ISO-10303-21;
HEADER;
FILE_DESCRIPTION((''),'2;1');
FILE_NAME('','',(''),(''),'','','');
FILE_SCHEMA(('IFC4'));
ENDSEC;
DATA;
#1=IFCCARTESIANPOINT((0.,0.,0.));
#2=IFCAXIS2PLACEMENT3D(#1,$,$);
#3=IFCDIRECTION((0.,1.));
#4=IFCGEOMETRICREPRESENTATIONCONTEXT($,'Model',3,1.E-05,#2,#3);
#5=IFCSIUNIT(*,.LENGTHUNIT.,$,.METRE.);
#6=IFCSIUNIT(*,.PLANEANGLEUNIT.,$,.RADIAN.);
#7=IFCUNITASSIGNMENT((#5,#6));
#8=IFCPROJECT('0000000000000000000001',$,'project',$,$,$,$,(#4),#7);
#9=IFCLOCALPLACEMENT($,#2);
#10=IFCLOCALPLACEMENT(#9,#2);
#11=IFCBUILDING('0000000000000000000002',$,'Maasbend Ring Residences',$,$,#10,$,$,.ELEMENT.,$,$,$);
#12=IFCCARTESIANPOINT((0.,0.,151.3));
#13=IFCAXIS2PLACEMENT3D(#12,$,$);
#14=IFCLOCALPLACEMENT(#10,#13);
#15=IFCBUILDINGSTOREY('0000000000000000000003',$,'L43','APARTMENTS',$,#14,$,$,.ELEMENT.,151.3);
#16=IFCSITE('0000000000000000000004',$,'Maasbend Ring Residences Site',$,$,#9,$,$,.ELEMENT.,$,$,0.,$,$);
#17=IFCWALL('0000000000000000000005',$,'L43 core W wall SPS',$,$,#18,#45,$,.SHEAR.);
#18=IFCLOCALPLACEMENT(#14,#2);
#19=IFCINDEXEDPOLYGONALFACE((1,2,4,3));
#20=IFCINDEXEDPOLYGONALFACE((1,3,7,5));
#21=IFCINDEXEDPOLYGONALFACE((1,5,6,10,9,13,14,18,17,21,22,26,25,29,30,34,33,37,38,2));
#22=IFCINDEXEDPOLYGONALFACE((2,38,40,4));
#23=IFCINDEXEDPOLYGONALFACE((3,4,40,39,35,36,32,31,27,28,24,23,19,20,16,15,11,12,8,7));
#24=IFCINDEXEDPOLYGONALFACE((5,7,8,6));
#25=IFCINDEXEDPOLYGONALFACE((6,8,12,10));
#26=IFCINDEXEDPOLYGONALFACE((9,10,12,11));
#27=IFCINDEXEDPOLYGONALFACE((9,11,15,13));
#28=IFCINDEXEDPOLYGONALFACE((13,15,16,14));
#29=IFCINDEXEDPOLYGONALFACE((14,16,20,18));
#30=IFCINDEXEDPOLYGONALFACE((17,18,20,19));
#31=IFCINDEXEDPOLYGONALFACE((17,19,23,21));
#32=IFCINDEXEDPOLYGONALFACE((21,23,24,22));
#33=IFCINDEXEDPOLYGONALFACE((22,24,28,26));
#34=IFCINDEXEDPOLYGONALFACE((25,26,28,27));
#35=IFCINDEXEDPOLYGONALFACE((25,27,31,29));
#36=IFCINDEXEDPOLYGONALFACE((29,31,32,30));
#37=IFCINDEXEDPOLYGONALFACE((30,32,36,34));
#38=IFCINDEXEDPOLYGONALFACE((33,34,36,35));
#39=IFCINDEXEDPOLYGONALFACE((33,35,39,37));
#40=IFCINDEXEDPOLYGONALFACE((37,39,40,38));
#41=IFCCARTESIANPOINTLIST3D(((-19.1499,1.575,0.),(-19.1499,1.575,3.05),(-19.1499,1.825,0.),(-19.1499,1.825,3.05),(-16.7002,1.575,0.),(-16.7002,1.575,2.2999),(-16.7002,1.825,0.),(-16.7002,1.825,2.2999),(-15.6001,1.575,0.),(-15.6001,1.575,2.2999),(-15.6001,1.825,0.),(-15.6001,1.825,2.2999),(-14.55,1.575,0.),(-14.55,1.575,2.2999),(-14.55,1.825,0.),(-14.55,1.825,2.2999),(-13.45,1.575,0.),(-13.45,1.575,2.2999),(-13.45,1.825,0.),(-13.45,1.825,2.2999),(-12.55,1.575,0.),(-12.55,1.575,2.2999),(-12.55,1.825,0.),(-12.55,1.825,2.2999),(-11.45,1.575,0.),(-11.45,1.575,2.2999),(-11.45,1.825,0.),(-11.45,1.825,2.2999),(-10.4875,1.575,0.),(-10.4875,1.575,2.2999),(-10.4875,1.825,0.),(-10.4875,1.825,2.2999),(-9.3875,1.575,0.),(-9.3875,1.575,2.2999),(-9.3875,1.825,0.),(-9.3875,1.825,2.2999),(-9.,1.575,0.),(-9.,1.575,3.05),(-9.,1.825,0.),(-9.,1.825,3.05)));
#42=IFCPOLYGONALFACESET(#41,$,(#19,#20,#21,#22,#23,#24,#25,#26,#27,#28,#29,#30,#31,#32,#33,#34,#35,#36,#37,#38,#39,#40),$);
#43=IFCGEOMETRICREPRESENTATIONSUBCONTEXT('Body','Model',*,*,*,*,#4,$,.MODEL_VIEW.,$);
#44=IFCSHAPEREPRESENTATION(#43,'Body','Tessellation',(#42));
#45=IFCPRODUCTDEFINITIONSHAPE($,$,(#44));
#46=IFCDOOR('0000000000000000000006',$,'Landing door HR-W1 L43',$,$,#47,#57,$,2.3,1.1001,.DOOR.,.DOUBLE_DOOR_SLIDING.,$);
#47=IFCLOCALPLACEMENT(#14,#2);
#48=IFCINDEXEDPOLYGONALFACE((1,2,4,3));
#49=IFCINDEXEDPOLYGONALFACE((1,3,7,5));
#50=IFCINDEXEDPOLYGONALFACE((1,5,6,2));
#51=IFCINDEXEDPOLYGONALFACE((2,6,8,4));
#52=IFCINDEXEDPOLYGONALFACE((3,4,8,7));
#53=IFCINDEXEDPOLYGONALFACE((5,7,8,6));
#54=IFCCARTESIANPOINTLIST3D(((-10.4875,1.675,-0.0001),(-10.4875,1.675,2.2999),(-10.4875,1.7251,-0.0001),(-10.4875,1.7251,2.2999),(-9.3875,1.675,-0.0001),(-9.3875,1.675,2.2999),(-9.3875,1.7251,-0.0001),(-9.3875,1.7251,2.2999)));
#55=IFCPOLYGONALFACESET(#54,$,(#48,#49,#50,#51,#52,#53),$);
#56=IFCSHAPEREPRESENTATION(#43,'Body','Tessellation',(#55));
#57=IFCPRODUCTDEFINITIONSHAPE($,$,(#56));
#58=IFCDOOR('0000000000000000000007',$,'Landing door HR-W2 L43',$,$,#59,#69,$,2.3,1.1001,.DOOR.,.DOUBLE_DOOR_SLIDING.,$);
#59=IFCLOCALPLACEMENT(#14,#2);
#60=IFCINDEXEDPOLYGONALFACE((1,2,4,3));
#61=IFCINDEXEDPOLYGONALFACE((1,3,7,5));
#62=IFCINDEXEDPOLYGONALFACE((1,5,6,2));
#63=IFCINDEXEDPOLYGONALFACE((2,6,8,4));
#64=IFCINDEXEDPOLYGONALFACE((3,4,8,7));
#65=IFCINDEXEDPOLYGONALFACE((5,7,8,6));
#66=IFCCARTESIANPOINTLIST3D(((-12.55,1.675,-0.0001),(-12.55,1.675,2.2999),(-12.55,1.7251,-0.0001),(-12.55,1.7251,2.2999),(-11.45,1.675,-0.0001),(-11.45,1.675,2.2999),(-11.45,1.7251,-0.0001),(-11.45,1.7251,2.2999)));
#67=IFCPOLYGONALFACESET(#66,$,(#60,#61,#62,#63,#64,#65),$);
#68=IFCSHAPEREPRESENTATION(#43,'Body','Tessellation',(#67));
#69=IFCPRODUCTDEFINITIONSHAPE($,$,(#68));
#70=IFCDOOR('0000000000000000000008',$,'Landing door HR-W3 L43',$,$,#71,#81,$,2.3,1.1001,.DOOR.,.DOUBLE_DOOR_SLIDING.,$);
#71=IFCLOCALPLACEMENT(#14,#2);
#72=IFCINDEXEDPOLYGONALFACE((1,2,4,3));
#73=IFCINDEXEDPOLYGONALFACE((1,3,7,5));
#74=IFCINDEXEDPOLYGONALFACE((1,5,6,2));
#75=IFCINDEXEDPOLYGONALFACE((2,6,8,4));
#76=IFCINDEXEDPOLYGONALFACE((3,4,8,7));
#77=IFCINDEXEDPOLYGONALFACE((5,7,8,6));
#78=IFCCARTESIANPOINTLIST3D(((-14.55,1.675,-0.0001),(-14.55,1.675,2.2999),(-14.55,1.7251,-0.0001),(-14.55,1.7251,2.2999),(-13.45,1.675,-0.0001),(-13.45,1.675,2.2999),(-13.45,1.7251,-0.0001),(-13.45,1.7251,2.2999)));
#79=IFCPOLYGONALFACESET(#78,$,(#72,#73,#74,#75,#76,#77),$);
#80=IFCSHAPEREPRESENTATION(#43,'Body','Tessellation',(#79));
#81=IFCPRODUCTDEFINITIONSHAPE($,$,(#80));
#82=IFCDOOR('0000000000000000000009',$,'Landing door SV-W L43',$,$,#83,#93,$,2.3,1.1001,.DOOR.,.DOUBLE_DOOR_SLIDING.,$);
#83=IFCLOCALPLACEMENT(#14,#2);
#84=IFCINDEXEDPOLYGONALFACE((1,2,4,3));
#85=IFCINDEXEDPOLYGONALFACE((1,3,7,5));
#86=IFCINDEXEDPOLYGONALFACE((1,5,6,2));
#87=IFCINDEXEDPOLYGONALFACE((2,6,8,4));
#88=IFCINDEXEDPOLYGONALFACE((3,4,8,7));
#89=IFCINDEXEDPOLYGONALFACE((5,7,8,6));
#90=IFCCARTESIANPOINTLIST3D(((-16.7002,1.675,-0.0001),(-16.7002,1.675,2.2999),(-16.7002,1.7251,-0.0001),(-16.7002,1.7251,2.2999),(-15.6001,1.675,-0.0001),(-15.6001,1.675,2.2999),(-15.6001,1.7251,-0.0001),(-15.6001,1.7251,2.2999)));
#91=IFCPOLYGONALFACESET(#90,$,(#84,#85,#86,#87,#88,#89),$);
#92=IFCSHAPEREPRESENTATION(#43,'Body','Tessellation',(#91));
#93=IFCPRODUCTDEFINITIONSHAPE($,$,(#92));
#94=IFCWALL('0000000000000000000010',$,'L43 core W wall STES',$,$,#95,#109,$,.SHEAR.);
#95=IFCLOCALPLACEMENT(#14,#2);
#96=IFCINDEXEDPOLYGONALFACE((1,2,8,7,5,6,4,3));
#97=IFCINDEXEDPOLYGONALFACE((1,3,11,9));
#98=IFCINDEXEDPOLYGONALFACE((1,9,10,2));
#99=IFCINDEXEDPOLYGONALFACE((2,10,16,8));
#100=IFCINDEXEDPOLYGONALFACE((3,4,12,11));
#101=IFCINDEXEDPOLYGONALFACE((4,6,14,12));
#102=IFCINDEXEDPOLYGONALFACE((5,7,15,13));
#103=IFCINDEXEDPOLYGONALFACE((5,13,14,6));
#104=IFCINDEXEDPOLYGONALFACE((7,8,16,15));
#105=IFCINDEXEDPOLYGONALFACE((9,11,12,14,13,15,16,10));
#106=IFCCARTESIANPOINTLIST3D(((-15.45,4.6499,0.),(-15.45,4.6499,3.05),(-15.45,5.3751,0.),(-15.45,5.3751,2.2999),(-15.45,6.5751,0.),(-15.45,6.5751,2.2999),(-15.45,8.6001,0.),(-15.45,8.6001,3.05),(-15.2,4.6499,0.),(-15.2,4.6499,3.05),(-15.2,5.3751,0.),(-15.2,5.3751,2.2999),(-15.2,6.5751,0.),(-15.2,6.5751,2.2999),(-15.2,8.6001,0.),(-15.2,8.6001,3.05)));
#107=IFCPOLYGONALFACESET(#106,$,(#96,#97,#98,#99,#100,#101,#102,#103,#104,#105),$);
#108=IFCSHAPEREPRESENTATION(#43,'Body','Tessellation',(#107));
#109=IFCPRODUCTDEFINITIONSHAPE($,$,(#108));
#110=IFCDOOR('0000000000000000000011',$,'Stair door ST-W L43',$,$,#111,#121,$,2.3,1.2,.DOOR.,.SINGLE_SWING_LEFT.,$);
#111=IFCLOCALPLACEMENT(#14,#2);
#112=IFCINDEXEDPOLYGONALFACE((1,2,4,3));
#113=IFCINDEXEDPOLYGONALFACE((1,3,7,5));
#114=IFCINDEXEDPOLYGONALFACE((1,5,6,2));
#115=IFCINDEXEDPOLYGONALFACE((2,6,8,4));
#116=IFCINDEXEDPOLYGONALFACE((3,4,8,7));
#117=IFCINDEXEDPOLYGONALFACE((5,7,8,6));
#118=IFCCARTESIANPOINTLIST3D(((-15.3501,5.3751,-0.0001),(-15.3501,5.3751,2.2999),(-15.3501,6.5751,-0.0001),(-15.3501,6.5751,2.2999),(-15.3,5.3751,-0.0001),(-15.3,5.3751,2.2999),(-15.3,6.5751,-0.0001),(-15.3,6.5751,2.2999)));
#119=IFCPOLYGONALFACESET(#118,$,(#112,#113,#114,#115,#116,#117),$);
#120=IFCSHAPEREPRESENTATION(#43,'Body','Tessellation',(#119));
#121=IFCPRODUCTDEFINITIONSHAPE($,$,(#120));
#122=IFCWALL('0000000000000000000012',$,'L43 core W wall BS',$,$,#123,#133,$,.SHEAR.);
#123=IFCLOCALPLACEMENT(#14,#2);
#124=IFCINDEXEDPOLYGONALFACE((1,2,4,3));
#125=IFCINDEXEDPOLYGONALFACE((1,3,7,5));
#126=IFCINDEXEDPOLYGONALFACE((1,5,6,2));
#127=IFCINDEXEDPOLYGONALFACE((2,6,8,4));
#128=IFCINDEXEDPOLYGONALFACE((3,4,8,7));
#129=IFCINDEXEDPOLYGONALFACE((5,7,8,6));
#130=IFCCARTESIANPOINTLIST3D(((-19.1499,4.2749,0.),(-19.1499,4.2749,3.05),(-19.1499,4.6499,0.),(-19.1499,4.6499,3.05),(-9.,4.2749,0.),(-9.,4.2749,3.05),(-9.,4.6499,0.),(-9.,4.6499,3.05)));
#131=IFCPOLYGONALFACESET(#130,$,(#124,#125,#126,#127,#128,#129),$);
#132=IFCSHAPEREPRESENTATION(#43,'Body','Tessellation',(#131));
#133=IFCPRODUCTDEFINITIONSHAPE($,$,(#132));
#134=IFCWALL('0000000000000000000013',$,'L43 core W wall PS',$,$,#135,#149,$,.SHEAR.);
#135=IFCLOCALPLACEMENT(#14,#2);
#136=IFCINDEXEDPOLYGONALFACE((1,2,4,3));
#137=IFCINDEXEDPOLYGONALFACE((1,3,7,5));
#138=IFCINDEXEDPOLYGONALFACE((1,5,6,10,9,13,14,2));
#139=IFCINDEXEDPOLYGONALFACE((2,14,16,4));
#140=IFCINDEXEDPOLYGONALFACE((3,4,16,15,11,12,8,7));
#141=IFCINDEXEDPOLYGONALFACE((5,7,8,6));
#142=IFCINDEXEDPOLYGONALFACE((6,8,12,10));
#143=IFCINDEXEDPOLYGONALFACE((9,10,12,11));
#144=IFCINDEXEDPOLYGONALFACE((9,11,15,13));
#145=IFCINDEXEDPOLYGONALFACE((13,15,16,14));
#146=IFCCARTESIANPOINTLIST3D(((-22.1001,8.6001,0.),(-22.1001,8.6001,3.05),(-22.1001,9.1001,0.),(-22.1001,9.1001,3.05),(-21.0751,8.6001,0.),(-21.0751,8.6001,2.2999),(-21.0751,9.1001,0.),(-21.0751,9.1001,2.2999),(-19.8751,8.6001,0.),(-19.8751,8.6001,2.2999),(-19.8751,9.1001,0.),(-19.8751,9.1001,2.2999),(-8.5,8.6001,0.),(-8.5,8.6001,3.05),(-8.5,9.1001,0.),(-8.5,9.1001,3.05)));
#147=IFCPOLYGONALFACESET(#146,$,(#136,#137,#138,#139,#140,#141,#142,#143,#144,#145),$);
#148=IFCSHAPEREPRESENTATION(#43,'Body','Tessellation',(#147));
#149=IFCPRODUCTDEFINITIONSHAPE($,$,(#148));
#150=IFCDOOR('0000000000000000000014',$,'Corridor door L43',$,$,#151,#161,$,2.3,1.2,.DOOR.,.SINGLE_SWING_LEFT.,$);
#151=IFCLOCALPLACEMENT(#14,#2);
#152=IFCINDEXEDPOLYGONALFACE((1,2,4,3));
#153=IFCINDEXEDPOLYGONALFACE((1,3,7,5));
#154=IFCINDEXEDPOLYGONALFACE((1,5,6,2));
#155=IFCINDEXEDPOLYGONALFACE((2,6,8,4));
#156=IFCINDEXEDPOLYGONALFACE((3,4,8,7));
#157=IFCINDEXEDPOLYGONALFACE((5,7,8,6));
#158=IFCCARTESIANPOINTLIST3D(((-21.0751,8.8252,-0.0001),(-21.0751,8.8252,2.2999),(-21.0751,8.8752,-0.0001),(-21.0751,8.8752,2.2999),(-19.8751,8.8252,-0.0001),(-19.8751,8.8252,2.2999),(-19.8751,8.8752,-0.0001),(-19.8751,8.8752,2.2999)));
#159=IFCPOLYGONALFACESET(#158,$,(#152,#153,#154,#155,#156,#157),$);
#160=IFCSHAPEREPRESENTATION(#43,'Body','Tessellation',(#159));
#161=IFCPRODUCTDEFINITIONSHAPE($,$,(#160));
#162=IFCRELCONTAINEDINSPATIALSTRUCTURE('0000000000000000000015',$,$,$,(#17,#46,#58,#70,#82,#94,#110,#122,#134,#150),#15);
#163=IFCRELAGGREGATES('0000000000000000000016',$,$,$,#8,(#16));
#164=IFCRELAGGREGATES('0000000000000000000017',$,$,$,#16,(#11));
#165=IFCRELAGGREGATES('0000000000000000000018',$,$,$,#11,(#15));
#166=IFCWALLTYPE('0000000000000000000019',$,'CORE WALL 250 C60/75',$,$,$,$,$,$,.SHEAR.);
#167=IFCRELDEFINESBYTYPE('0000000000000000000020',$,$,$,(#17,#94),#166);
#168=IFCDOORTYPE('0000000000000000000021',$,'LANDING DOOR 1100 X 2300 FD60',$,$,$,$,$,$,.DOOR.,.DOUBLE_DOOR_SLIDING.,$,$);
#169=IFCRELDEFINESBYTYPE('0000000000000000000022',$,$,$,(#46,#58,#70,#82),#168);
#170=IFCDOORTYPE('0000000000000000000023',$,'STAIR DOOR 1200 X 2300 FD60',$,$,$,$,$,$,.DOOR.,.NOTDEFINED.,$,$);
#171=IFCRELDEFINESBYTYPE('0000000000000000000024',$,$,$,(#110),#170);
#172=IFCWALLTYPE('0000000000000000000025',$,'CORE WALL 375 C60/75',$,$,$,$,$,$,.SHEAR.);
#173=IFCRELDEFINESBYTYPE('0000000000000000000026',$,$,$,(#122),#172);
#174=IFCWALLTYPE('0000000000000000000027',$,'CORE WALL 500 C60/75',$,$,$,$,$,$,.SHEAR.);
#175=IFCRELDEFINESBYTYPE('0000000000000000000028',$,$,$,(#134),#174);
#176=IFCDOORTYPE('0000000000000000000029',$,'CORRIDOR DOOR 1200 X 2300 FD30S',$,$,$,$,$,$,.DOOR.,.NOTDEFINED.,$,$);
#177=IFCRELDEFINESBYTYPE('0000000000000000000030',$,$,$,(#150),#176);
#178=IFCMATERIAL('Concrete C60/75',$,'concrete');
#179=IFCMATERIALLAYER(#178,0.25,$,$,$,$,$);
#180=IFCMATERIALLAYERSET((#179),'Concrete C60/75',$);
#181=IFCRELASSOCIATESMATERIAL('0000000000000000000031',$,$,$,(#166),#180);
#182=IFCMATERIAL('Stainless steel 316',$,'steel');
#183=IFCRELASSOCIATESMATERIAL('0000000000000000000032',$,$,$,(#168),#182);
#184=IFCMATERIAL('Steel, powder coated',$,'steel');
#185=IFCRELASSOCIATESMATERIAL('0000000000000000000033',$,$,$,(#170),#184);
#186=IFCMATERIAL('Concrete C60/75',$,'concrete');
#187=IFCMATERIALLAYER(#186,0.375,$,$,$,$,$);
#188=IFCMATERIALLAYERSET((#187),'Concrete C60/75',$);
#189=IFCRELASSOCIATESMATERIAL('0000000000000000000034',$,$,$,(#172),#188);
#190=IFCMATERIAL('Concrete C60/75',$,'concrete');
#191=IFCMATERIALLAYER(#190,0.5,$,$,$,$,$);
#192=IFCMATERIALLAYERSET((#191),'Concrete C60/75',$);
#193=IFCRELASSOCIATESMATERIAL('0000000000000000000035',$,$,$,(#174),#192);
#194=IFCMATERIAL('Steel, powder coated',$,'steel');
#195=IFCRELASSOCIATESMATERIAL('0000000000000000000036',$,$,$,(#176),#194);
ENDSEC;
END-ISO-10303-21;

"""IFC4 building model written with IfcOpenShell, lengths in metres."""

from ifc_helpers import new_model, si_unit, direction, frame, frame_2d, origin, place, context, subcontext, project, spatial, rectangle, extrude, material, layer, layer_set, type_object, element, fill, save


model = new_model("IFC4")

# Units and contexts
model_context = context("Model", 3, precision=1e-05, world=origin(), true_north=direction((0.0, 1.0)))
body_context = subcontext(model_context, "Body", "Model", "MODEL_VIEW")
ifc_project = project(units=[si_unit("LENGTHUNIT", "METRE"), si_unit("PLANEANGLEUNIT", "RADIAN")], contexts=[model_context])

# Site, building, storey
site_placement = place(None, origin())
site = spatial("IfcSite", under=ifc_project, at=site_placement, Name="Maasbend Ring Residences Site", CompositionType="ELEMENT", RefElevation=0.0)
building_placement = place(site_placement, origin())
building = spatial("IfcBuilding", under=site, at=building_placement, Name="Maasbend Ring Residences", CompositionType="ELEMENT")
storey_placement = place(building_placement, frame((0.0, 0.0, 151.3)))
storey = spatial("IfcBuildingStorey", under=building, at=storey_placement, Name="L43", Description="APARTMENTS", CompositionType="ELEMENT", Elevation=151.3)

# Wall, openings, doors
ifc_material_1 = material(Name="Concrete C60/75", Category="concrete")
ifc_layer_1 = layer(ifc_material_1, 0.25)
ifc_layer_set_1 = layer_set([ifc_layer_1], Name="Concrete C60/75")
wall_type_1 = type_object("IfcWallType", Name="CORE WALL 250 C60/75", PredefinedType="SHEAR", material=ifc_layer_set_1)
wall_1_placement = place(storey_placement, frame((-9.0, 1.7, 0.0), z_axis=(0.0, 0.0, 1.0), x_axis=(-1.0, 0.0, 0.0)))
wall_1 = element("IfcWall", 1, at=wall_1_placement, inside=storey, type_object=wall_type_1, Name="L43 core W wall SPS", PredefinedType="SHEAR", context=body_context, shape_type="SweptSolid", body=[
    extrude(rectangle(XDim=10.1499, YDim=0.25, at=frame_2d((5.075, 0.0))), origin(), (0.0, 0.0, 1.0), 3.05),
])
opening_1_placement = place(wall_1_placement, frame((0.3875, 0.0, 0.0)))
opening_1 = element("IfcOpeningElement", 2, at=opening_1_placement, cuts=wall_1, PredefinedType="OPENING", context=body_context, shape_type="SweptSolid", body=[
    extrude(rectangle(XDim=1.1001, YDim=2.3, at=frame_2d((0.55, 1.1499))), frame((0.0, 0.135, 0.0), z_axis=(0.0, -1.0, 0.0), x_axis=(1.0, 0.0, 0.0)), (0.0, 0.0, 1.0), 0.27),
])
opening_2_placement = place(wall_1_placement, frame((2.45, 0.0, 0.0)))
opening_2 = element("IfcOpeningElement", 3, at=opening_2_placement, cuts=wall_1, PredefinedType="OPENING", context=body_context, shape_type="SweptSolid", body=[
    extrude(rectangle(XDim=1.1001, YDim=2.3, at=frame_2d((0.55, 1.1499))), frame((0.0, 0.135, 0.0), z_axis=(0.0, -1.0, 0.0), x_axis=(1.0, 0.0, 0.0)), (0.0, 0.0, 1.0), 0.27),
])
opening_3_placement = place(wall_1_placement, frame((4.45, 0.0, 0.0)))
opening_3 = element("IfcOpeningElement", 4, at=opening_3_placement, cuts=wall_1, PredefinedType="OPENING", context=body_context, shape_type="SweptSolid", body=[
    extrude(rectangle(XDim=1.1001, YDim=2.3, at=frame_2d((0.55, 1.1499))), frame((0.0, 0.135, 0.0), z_axis=(0.0, -1.0, 0.0), x_axis=(1.0, 0.0, 0.0)), (0.0, 0.0, 1.0), 0.27),
])
opening_4_placement = place(wall_1_placement, frame((6.6001, 0.0, 0.0)))
opening_4 = element("IfcOpeningElement", 5, at=opening_4_placement, cuts=wall_1, PredefinedType="OPENING", context=body_context, shape_type="SweptSolid", body=[
    extrude(rectangle(XDim=1.1001, YDim=2.3, at=frame_2d((0.55, 1.1499))), frame((0.0, 0.135, 0.0), z_axis=(0.0, -1.0, 0.0), x_axis=(1.0, 0.0, 0.0)), (0.0, 0.0, 1.0), 0.27),
])
ifc_material_2 = material(Name="Stainless steel 316", Category="steel")
door_type_1 = type_object("IfcDoorType", Name="LANDING DOOR 1100 X 2300 FD60", OperationType="DOUBLE_DOOR_SLIDING", PredefinedType="DOOR", material=ifc_material_2)
door_1_placement = place(opening_1_placement, origin())
door_1 = element("IfcDoor", 6, at=door_1_placement, inside=storey, type_object=door_type_1, Name="Landing door HR-W1 L43", OperationType="DOUBLE_DOOR_SLIDING", OverallHeight=2.3, OverallWidth=1.1001, PredefinedType="DOOR", context=body_context, shape_type="SweptSolid", body=[
    extrude(rectangle(XDim=1.1001, YDim=2.3, at=frame_2d((0.55, 1.1499))), frame((0.0, 0.0249, 0.0), z_axis=(0.0, -1.0, 0.0), x_axis=(1.0, 0.0, 0.0)), (0.0, 0.0, 1.0), 0.05),
])
fill(opening_1, door_1)
door_2_placement = place(opening_2_placement, origin())
door_2 = element("IfcDoor", 7, at=door_2_placement, inside=storey, type_object=door_type_1, Name="Landing door HR-W2 L43", OperationType="DOUBLE_DOOR_SLIDING", OverallHeight=2.3, OverallWidth=1.1001, PredefinedType="DOOR", context=body_context, shape_type="SweptSolid", body=[
    extrude(rectangle(XDim=1.1001, YDim=2.3, at=frame_2d((0.55, 1.1499))), frame((0.0, 0.0249, 0.0), z_axis=(0.0, -1.0, 0.0), x_axis=(1.0, 0.0, 0.0)), (0.0, 0.0, 1.0), 0.05),
])
fill(opening_2, door_2)
door_3_placement = place(opening_3_placement, origin())
door_3 = element("IfcDoor", 8, at=door_3_placement, inside=storey, type_object=door_type_1, Name="Landing door HR-W3 L43", OperationType="DOUBLE_DOOR_SLIDING", OverallHeight=2.3, OverallWidth=1.1001, PredefinedType="DOOR", context=body_context, shape_type="SweptSolid", body=[
    extrude(rectangle(XDim=1.1001, YDim=2.3, at=frame_2d((0.55, 1.1499))), frame((0.0, 0.0249, 0.0), z_axis=(0.0, -1.0, 0.0), x_axis=(1.0, 0.0, 0.0)), (0.0, 0.0, 1.0), 0.05),
])
fill(opening_3, door_3)
door_4_placement = place(opening_4_placement, origin())
door_4 = element("IfcDoor", 9, at=door_4_placement, inside=storey, type_object=door_type_1, Name="Landing door SV-W L43", OperationType="DOUBLE_DOOR_SLIDING", OverallHeight=2.3, OverallWidth=1.1001, PredefinedType="DOOR", context=body_context, shape_type="SweptSolid", body=[
    extrude(rectangle(XDim=1.1001, YDim=2.3, at=frame_2d((0.55, 1.1499))), frame((0.0, 0.0249, 0.0), z_axis=(0.0, -1.0, 0.0), x_axis=(1.0, 0.0, 0.0)), (0.0, 0.0, 1.0), 0.05),
])
fill(opening_4, door_4)

# Wall, opening, door
wall_2_placement = place(storey_placement, frame((-15.325, 8.6001, 0.0), z_axis=(0.0, 0.0, 1.0), x_axis=(0.0, -1.0, 0.0)))
wall_2 = element("IfcWall", 10, at=wall_2_placement, inside=storey, type_object=wall_type_1, Name="L43 core W wall STES", PredefinedType="SHEAR", context=body_context, shape_type="SweptSolid", body=[
    extrude(rectangle(XDim=3.9502, YDim=0.25, at=frame_2d((1.9751, 0.0))), origin(), (0.0, 0.0, 1.0), 3.05),
])
opening_5_placement = place(wall_2_placement, frame((2.0249, 0.0, 0.0)))
opening_5 = element("IfcOpeningElement", 11, at=opening_5_placement, cuts=wall_2, PredefinedType="OPENING", context=body_context, shape_type="SweptSolid", body=[
    extrude(rectangle(XDim=1.2, YDim=2.3, at=frame_2d((0.6001, 1.1499))), frame((0.0, 0.135, 0.0), z_axis=(0.0, -1.0, 0.0), x_axis=(1.0, 0.0, 0.0)), (0.0, 0.0, 1.0), 0.27),
])
ifc_material_3 = material(Name="Steel, powder coated", Category="steel")
door_type_2 = type_object("IfcDoorType", Name="STAIR DOOR 1200 X 2300 FD60", OperationType="NOTDEFINED", PredefinedType="DOOR", material=ifc_material_3)
door_5_placement = place(opening_5_placement, origin())
door_5 = element("IfcDoor", 12, at=door_5_placement, inside=storey, type_object=door_type_2, Name="Stair door ST-W L43", OperationType="SINGLE_SWING_LEFT", OverallHeight=2.3, OverallWidth=1.2, PredefinedType="DOOR", context=body_context, shape_type="SweptSolid", body=[
    extrude(rectangle(XDim=1.2, YDim=2.3, at=frame_2d((0.6001, 1.1499))), frame((0.0, 0.0249, 0.0), z_axis=(0.0, -1.0, 0.0), x_axis=(1.0, 0.0, 0.0)), (0.0, 0.0, 1.0), 0.05),
])
fill(opening_5, door_5)

# Wall
ifc_material_4 = material(Name="Concrete C60/75", Category="concrete")
ifc_layer_2 = layer(ifc_material_4, 0.375)
ifc_layer_set_2 = layer_set([ifc_layer_2], Name="Concrete C60/75")
wall_type_2 = type_object("IfcWallType", Name="CORE WALL 375 C60/75", PredefinedType="SHEAR", material=ifc_layer_set_2)
wall_3_placement = place(storey_placement, frame((-9.0, 4.4624, 0.0), z_axis=(0.0, 0.0, 1.0), x_axis=(-1.0, 0.0, 0.0)))
element("IfcWall", 13, at=wall_3_placement, inside=storey, type_object=wall_type_2, Name="L43 core W wall BS", PredefinedType="SHEAR", context=body_context, shape_type="SweptSolid", body=[
    extrude(rectangle(XDim=10.1499, YDim=0.375, at=frame_2d((5.075, 0.0))), origin(), (0.0, 0.0, 1.0), 3.05),
])

# Wall, opening, door
ifc_material_5 = material(Name="Concrete C60/75", Category="concrete")
ifc_layer_3 = layer(ifc_material_5, 0.5)
ifc_layer_set_3 = layer_set([ifc_layer_3], Name="Concrete C60/75")
wall_type_3 = type_object("IfcWallType", Name="CORE WALL 500 C60/75", PredefinedType="SHEAR", material=ifc_layer_set_3)
wall_4_placement = place(storey_placement, frame((-8.5, 8.8501, 0.0), z_axis=(0.0, 0.0, 1.0), x_axis=(-1.0, 0.0, 0.0)))
wall_4 = element("IfcWall", 14, at=wall_4_placement, inside=storey, type_object=wall_type_3, Name="L43 core W wall PS", PredefinedType="SHEAR", context=body_context, shape_type="SweptSolid", body=[
    extrude(rectangle(XDim=13.6001, YDim=0.5, at=frame_2d((6.8, 0.0))), origin(), (0.0, 0.0, 1.0), 3.05),
])
opening_6_placement = place(wall_4_placement, frame((11.375, 0.0, 0.0)))
opening_6 = element("IfcOpeningElement", 15, at=opening_6_placement, cuts=wall_4, PredefinedType="OPENING", context=body_context, shape_type="SweptSolid", body=[
    extrude(rectangle(XDim=1.2, YDim=2.3, at=frame_2d((0.6001, 1.1499))), frame((0.0, 0.26, 0.0), z_axis=(0.0, -1.0, 0.0), x_axis=(1.0, 0.0, 0.0)), (0.0, 0.0, 1.0), 0.52),
])
ifc_material_6 = material(Name="Steel, powder coated", Category="steel")
door_type_3 = type_object("IfcDoorType", Name="CORRIDOR DOOR 1200 X 2300 FD30S", OperationType="NOTDEFINED", PredefinedType="DOOR", material=ifc_material_6)
door_6_placement = place(opening_6_placement, origin())
door_6 = element("IfcDoor", 16, at=door_6_placement, inside=storey, type_object=door_type_3, Name="Corridor door L43", OperationType="SINGLE_SWING_LEFT", OverallHeight=2.3, OverallWidth=1.2, PredefinedType="DOOR", context=body_context, shape_type="SweptSolid", body=[
    extrude(rectangle(XDim=1.2, YDim=2.3, at=frame_2d((0.6001, 1.1499))), frame((0.0, 0.0249, 0.0), z_axis=(0.0, -1.0, 0.0), x_axis=(1.0, 0.0, 0.0)), (0.0, 0.0, 1.0), 0.05),
])
fill(opening_6, door_6)

save(model, "model.ifc")
